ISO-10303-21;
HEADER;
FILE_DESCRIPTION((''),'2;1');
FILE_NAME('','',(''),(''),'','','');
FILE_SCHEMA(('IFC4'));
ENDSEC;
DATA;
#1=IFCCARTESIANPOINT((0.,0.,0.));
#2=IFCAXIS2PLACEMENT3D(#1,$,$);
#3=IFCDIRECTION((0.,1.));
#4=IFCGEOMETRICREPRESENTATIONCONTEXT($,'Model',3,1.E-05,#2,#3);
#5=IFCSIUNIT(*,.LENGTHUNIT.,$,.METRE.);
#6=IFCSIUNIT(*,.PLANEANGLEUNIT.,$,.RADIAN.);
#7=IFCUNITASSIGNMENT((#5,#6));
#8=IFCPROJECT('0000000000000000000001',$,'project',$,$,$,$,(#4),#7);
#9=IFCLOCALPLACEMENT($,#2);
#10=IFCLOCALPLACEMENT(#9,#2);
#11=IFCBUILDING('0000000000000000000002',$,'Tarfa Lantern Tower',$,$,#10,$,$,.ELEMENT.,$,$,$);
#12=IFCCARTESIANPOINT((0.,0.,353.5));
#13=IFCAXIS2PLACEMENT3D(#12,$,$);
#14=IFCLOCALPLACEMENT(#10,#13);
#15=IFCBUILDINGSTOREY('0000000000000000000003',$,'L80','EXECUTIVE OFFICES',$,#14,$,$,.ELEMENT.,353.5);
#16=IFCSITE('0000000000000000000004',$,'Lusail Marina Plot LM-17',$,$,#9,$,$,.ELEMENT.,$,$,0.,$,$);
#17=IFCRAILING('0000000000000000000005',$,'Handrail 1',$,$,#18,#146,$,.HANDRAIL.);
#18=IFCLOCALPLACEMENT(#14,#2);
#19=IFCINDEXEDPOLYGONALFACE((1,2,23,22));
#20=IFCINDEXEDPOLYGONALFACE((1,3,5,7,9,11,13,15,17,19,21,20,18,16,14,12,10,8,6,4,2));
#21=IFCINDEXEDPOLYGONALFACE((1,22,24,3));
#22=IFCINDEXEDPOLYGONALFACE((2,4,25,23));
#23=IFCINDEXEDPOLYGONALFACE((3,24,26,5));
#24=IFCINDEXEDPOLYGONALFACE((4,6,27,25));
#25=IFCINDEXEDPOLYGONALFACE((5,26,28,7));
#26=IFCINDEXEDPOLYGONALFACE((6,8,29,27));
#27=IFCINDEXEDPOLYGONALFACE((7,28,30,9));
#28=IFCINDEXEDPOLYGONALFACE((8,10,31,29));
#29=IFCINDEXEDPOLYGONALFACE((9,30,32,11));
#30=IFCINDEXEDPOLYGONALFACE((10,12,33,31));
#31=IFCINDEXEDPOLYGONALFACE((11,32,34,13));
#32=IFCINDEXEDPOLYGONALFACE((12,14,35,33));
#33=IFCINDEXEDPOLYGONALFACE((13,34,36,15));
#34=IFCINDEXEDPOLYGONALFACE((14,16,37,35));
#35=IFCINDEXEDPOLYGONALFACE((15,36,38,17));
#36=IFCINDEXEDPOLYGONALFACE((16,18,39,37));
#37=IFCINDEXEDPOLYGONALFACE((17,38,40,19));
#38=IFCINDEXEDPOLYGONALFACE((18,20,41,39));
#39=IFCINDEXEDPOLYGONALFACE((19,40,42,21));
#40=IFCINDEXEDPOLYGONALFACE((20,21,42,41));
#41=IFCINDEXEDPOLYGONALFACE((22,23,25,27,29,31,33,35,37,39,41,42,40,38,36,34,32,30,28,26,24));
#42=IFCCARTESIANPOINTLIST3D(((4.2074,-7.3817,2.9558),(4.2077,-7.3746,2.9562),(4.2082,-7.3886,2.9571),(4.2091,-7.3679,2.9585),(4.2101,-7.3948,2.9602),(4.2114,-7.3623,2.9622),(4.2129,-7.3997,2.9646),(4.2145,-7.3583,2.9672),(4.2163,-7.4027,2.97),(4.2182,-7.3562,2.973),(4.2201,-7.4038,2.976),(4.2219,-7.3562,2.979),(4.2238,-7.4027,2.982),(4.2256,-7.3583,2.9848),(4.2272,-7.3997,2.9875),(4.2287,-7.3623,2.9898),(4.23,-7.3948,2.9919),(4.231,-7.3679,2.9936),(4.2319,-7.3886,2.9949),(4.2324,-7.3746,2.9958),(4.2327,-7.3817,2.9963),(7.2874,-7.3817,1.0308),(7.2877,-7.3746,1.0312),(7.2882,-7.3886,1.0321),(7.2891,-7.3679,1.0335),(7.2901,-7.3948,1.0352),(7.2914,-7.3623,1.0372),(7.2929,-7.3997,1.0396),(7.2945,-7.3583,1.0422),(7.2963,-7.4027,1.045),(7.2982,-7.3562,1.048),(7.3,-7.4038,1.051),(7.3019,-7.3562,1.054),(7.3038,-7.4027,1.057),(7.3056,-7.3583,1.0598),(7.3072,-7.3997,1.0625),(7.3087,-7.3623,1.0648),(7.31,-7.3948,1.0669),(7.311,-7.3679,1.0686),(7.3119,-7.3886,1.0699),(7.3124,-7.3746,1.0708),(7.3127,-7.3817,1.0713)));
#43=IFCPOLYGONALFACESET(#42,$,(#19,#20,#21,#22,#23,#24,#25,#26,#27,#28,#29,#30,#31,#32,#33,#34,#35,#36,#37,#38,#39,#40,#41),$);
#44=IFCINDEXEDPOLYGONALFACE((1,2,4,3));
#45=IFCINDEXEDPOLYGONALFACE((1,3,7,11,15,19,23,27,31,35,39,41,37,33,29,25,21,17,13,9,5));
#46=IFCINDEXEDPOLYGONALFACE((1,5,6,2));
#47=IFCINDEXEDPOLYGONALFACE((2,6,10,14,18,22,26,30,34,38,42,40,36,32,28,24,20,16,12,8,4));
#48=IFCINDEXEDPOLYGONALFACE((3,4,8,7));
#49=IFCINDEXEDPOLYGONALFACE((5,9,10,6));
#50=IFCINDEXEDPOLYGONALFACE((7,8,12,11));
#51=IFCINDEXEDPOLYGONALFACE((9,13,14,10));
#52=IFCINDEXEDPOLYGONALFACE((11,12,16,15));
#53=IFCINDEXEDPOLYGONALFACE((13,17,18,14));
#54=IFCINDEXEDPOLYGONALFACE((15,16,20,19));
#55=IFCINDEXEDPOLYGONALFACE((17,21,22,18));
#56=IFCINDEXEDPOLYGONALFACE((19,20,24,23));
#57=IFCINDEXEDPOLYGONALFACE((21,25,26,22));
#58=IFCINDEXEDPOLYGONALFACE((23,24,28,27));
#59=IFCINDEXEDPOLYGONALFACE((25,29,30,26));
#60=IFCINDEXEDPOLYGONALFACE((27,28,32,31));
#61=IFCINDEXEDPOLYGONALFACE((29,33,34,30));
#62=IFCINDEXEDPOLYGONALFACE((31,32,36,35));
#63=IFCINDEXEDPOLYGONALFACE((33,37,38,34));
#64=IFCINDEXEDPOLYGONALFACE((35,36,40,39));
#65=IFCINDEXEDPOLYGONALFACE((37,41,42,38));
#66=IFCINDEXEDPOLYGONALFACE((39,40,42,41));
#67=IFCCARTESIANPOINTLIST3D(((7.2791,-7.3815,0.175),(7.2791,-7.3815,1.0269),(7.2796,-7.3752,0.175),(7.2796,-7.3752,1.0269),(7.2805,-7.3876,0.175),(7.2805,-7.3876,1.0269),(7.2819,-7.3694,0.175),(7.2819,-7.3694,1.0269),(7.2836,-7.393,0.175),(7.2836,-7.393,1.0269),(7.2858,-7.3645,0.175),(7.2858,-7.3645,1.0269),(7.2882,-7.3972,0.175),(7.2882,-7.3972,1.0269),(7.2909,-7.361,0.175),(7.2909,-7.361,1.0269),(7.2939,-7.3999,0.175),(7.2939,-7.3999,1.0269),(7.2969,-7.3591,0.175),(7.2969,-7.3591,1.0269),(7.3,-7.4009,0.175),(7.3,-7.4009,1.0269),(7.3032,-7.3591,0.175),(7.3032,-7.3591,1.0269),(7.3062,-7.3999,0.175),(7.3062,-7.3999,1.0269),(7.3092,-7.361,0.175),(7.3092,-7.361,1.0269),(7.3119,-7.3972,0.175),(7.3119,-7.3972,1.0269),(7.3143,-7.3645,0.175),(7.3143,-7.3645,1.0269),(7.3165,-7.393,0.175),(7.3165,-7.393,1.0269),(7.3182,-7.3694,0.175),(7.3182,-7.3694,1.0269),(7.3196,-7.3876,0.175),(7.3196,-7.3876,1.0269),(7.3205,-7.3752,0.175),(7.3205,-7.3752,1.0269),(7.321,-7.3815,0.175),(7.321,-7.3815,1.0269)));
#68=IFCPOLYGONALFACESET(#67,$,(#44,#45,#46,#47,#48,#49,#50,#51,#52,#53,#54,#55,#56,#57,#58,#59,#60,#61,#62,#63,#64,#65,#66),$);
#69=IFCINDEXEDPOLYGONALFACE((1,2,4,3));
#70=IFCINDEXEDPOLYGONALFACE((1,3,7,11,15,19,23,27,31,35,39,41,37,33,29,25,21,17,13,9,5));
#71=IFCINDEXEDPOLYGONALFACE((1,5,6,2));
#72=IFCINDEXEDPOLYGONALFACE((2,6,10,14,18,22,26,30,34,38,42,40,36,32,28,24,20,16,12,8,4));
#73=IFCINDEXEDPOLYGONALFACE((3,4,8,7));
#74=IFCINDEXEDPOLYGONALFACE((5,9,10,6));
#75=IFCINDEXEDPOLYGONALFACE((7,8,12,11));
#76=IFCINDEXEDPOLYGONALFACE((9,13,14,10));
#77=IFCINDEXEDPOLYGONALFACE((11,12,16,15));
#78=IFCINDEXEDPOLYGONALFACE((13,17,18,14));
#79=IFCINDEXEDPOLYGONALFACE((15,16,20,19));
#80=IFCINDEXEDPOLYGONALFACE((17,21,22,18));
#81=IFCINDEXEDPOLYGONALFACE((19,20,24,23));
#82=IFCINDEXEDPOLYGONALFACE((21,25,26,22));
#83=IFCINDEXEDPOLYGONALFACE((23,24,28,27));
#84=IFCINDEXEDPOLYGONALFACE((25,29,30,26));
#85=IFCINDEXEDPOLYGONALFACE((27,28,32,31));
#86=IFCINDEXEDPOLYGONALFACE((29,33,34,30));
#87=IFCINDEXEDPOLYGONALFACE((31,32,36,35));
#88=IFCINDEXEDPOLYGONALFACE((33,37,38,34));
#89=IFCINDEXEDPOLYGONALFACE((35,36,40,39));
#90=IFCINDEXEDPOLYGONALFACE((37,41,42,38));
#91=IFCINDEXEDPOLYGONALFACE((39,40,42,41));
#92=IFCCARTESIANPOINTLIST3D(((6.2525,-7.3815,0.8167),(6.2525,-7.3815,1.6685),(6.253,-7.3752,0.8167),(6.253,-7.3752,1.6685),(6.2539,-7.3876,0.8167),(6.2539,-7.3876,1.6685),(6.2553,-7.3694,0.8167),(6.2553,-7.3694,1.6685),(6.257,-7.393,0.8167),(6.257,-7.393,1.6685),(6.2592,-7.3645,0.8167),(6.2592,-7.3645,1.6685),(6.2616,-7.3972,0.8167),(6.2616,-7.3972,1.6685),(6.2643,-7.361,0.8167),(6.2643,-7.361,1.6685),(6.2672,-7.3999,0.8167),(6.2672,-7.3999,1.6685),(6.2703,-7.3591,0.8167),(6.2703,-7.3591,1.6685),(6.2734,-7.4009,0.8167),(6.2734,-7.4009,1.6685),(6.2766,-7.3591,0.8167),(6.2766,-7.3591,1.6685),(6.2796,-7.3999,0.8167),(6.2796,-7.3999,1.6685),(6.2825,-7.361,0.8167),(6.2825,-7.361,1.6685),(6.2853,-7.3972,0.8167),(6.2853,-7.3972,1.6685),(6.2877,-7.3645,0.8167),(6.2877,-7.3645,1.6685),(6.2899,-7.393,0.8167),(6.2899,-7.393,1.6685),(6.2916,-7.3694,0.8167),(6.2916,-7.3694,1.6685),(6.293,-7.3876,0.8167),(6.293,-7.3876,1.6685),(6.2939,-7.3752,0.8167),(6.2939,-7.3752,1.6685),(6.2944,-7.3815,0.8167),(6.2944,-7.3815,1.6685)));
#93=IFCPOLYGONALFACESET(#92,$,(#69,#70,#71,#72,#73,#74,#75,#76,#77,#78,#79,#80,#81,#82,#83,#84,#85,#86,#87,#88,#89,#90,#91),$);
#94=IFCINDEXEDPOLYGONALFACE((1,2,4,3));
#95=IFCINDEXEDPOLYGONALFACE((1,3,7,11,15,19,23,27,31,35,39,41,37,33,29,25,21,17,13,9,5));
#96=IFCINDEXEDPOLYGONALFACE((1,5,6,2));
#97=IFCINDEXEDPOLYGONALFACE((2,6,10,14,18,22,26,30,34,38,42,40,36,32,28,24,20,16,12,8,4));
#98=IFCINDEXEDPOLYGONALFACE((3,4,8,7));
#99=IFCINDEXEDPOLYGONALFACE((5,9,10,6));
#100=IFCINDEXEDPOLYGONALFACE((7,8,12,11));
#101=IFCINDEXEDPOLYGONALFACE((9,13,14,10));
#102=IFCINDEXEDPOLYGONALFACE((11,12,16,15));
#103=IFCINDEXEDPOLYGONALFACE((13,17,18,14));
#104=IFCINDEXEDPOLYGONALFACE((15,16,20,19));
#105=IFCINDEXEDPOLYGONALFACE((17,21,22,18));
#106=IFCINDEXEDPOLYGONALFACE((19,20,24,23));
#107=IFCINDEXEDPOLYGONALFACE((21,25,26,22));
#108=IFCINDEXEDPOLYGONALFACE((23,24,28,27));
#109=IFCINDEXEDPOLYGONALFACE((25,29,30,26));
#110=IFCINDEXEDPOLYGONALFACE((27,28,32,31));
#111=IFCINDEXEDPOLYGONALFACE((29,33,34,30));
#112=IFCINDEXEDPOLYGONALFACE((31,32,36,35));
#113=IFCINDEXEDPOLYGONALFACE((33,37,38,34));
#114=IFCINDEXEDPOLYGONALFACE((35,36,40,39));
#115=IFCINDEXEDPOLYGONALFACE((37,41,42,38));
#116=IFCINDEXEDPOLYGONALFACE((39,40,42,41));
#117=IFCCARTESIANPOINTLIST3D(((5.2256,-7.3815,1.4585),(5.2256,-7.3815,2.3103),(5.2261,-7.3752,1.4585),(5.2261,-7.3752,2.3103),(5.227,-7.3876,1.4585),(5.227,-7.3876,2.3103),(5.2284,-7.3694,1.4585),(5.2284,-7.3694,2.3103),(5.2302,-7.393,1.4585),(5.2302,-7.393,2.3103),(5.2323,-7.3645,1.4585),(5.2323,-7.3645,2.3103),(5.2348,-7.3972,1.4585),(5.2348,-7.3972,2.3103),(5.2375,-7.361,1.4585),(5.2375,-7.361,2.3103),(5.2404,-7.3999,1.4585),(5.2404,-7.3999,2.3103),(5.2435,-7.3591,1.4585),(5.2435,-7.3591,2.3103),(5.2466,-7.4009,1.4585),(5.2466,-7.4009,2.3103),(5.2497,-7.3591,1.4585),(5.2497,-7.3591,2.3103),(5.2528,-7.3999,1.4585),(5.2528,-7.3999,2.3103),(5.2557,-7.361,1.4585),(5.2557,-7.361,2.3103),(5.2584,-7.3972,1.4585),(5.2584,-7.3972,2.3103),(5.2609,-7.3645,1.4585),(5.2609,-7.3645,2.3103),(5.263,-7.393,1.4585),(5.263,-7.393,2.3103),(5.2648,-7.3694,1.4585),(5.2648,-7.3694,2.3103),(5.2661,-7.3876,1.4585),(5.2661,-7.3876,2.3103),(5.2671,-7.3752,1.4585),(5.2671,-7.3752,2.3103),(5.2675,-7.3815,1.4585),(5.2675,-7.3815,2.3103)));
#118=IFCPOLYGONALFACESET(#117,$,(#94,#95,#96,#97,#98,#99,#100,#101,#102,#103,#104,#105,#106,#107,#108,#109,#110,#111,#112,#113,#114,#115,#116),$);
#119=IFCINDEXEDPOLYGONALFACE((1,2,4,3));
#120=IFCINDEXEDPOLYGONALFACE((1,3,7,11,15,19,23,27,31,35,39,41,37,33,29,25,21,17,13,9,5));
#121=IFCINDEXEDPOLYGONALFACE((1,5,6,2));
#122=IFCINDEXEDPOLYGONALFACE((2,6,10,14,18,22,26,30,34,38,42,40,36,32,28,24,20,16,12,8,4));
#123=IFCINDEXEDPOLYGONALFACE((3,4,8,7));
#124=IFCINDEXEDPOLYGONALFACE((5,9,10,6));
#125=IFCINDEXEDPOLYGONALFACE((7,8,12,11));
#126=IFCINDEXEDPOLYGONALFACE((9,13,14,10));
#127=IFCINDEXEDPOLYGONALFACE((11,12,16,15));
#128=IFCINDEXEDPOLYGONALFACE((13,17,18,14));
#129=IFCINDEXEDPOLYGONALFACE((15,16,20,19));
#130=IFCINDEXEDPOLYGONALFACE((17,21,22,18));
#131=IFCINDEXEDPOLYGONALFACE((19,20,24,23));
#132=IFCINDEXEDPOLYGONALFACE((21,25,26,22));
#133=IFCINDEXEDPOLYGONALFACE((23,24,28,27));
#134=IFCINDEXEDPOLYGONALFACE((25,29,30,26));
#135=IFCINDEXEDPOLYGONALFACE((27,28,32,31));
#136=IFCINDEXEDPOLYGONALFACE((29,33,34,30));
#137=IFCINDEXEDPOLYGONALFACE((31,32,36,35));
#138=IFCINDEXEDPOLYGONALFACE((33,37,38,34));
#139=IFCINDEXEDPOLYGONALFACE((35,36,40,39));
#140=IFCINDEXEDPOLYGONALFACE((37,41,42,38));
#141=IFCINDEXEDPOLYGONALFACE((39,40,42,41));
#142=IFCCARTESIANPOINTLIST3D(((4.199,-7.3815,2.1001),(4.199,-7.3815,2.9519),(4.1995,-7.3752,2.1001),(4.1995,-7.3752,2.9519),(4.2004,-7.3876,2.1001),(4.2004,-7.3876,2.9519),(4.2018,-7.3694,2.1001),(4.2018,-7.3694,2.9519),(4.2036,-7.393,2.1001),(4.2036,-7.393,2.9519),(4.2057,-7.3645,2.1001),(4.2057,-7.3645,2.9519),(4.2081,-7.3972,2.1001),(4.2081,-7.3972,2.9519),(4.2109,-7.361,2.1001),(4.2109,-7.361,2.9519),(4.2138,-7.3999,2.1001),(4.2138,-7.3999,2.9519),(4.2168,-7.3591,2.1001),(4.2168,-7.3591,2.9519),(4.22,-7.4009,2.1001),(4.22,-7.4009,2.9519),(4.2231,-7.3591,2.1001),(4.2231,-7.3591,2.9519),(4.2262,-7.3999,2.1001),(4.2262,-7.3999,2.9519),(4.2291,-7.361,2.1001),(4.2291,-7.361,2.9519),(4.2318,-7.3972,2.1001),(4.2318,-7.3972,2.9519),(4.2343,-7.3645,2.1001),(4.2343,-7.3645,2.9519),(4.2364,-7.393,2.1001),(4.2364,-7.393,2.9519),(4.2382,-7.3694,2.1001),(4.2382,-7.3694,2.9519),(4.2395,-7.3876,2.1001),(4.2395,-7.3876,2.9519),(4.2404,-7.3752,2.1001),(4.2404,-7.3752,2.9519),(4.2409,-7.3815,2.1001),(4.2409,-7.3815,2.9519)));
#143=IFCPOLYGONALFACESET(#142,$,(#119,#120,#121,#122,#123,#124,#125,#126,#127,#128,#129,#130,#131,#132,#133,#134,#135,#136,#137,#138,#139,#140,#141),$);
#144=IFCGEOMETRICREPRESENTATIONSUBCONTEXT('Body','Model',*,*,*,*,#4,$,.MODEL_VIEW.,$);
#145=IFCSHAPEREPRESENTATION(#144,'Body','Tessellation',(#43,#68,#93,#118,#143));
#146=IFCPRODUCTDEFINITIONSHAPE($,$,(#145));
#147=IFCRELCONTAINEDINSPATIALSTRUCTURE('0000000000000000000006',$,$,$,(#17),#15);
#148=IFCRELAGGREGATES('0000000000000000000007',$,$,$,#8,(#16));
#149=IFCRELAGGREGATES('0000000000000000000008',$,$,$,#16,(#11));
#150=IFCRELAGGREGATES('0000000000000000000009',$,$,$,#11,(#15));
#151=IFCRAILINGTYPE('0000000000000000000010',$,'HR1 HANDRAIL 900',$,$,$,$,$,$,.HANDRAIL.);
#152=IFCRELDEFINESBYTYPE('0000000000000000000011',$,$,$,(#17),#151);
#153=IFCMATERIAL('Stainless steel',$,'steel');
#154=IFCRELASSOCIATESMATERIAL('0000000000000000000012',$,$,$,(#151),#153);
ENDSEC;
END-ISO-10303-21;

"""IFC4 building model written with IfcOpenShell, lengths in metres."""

from ifc_helpers import new_model, si_unit, direction, frame, origin, origin_2d, place, context, subcontext, project, spatial, circle, extrude, material, type_object, element, save


model = new_model("IFC4")

# Units and contexts
model_context = context("Model", 3, precision=1e-05, world=origin(), true_north=direction((0.0, 1.0)))
body_context = subcontext(model_context, "Body", "Model", "MODEL_VIEW")
ifc_project = project(units=[si_unit("LENGTHUNIT", "METRE"), si_unit("PLANEANGLEUNIT", "RADIAN")], contexts=[model_context])

# Site, building, storey
site_placement = place(None, origin())
site = spatial("IfcSite", under=ifc_project, at=site_placement, Name="Lusail Marina Plot LM-17", CompositionType="ELEMENT", RefElevation=0.0)
building_placement = place(site_placement, origin())
building = spatial("IfcBuilding", under=site, at=building_placement, Name="Tarfa Lantern Tower", CompositionType="ELEMENT")
storey_placement = place(building_placement, frame((0.0, 0.0, 353.5)))
storey = spatial("IfcBuildingStorey", under=building, at=storey_placement, Name="L80", Description="EXECUTIVE OFFICES", CompositionType="ELEMENT", Elevation=353.5)

# Railing
ifc_material_1 = material(Name="Stainless steel", Category="steel")
railing_type = type_object("IfcRailingType", Name="HR1 HANDRAIL 900", PredefinedType="HANDRAIL", material=ifc_material_1)
railing_1_placement = place(storey_placement, frame((7.3, -7.3799, 0.175)))
element("IfcRailing", 1, at=railing_1_placement, inside=storey, type_object=railing_type, Name="Handrail 1", PredefinedType="HANDRAIL", context=body_context, shape_type="SweptSolid", body=[
    extrude(circle(Radius=0.0239, at=origin_2d()), frame((0.0, 0.0, 0.876), z_axis=(-0.847998, 0.0, 0.529999), x_axis=(0.0, -1.0, 0.0)), (0.0, 0.0, 1.0), 3.6321),
    extrude(circle(Radius=0.021, at=origin_2d()), frame((0.0, 0.0, 0.0), z_axis=(0.0, 0.0, 1.0), x_axis=(0.0, -1.0, 0.0)), (0.0, 0.0, 1.0), 0.8518),
    extrude(circle(Radius=0.021, at=origin_2d()), frame((-1.0266, 0.0, 0.6416), z_axis=(0.0, 0.0, 1.0), x_axis=(0.0, -1.0, 0.0)), (0.0, 0.0, 1.0), 0.8518),
    extrude(circle(Radius=0.021, at=origin_2d()), frame((-2.0535, 0.0, 1.2834), z_axis=(0.0, 0.0, 1.0), x_axis=(0.0, -1.0, 0.0)), (0.0, 0.0, 1.0), 0.8518),
    extrude(circle(Radius=0.021, at=origin_2d()), frame((-3.0801, 0.0, 1.925), z_axis=(0.0, 0.0, 1.0), x_axis=(0.0, -1.0, 0.0)), (0.0, 0.0, 1.0), 0.8518),
])

save(model, "model.ifc")
